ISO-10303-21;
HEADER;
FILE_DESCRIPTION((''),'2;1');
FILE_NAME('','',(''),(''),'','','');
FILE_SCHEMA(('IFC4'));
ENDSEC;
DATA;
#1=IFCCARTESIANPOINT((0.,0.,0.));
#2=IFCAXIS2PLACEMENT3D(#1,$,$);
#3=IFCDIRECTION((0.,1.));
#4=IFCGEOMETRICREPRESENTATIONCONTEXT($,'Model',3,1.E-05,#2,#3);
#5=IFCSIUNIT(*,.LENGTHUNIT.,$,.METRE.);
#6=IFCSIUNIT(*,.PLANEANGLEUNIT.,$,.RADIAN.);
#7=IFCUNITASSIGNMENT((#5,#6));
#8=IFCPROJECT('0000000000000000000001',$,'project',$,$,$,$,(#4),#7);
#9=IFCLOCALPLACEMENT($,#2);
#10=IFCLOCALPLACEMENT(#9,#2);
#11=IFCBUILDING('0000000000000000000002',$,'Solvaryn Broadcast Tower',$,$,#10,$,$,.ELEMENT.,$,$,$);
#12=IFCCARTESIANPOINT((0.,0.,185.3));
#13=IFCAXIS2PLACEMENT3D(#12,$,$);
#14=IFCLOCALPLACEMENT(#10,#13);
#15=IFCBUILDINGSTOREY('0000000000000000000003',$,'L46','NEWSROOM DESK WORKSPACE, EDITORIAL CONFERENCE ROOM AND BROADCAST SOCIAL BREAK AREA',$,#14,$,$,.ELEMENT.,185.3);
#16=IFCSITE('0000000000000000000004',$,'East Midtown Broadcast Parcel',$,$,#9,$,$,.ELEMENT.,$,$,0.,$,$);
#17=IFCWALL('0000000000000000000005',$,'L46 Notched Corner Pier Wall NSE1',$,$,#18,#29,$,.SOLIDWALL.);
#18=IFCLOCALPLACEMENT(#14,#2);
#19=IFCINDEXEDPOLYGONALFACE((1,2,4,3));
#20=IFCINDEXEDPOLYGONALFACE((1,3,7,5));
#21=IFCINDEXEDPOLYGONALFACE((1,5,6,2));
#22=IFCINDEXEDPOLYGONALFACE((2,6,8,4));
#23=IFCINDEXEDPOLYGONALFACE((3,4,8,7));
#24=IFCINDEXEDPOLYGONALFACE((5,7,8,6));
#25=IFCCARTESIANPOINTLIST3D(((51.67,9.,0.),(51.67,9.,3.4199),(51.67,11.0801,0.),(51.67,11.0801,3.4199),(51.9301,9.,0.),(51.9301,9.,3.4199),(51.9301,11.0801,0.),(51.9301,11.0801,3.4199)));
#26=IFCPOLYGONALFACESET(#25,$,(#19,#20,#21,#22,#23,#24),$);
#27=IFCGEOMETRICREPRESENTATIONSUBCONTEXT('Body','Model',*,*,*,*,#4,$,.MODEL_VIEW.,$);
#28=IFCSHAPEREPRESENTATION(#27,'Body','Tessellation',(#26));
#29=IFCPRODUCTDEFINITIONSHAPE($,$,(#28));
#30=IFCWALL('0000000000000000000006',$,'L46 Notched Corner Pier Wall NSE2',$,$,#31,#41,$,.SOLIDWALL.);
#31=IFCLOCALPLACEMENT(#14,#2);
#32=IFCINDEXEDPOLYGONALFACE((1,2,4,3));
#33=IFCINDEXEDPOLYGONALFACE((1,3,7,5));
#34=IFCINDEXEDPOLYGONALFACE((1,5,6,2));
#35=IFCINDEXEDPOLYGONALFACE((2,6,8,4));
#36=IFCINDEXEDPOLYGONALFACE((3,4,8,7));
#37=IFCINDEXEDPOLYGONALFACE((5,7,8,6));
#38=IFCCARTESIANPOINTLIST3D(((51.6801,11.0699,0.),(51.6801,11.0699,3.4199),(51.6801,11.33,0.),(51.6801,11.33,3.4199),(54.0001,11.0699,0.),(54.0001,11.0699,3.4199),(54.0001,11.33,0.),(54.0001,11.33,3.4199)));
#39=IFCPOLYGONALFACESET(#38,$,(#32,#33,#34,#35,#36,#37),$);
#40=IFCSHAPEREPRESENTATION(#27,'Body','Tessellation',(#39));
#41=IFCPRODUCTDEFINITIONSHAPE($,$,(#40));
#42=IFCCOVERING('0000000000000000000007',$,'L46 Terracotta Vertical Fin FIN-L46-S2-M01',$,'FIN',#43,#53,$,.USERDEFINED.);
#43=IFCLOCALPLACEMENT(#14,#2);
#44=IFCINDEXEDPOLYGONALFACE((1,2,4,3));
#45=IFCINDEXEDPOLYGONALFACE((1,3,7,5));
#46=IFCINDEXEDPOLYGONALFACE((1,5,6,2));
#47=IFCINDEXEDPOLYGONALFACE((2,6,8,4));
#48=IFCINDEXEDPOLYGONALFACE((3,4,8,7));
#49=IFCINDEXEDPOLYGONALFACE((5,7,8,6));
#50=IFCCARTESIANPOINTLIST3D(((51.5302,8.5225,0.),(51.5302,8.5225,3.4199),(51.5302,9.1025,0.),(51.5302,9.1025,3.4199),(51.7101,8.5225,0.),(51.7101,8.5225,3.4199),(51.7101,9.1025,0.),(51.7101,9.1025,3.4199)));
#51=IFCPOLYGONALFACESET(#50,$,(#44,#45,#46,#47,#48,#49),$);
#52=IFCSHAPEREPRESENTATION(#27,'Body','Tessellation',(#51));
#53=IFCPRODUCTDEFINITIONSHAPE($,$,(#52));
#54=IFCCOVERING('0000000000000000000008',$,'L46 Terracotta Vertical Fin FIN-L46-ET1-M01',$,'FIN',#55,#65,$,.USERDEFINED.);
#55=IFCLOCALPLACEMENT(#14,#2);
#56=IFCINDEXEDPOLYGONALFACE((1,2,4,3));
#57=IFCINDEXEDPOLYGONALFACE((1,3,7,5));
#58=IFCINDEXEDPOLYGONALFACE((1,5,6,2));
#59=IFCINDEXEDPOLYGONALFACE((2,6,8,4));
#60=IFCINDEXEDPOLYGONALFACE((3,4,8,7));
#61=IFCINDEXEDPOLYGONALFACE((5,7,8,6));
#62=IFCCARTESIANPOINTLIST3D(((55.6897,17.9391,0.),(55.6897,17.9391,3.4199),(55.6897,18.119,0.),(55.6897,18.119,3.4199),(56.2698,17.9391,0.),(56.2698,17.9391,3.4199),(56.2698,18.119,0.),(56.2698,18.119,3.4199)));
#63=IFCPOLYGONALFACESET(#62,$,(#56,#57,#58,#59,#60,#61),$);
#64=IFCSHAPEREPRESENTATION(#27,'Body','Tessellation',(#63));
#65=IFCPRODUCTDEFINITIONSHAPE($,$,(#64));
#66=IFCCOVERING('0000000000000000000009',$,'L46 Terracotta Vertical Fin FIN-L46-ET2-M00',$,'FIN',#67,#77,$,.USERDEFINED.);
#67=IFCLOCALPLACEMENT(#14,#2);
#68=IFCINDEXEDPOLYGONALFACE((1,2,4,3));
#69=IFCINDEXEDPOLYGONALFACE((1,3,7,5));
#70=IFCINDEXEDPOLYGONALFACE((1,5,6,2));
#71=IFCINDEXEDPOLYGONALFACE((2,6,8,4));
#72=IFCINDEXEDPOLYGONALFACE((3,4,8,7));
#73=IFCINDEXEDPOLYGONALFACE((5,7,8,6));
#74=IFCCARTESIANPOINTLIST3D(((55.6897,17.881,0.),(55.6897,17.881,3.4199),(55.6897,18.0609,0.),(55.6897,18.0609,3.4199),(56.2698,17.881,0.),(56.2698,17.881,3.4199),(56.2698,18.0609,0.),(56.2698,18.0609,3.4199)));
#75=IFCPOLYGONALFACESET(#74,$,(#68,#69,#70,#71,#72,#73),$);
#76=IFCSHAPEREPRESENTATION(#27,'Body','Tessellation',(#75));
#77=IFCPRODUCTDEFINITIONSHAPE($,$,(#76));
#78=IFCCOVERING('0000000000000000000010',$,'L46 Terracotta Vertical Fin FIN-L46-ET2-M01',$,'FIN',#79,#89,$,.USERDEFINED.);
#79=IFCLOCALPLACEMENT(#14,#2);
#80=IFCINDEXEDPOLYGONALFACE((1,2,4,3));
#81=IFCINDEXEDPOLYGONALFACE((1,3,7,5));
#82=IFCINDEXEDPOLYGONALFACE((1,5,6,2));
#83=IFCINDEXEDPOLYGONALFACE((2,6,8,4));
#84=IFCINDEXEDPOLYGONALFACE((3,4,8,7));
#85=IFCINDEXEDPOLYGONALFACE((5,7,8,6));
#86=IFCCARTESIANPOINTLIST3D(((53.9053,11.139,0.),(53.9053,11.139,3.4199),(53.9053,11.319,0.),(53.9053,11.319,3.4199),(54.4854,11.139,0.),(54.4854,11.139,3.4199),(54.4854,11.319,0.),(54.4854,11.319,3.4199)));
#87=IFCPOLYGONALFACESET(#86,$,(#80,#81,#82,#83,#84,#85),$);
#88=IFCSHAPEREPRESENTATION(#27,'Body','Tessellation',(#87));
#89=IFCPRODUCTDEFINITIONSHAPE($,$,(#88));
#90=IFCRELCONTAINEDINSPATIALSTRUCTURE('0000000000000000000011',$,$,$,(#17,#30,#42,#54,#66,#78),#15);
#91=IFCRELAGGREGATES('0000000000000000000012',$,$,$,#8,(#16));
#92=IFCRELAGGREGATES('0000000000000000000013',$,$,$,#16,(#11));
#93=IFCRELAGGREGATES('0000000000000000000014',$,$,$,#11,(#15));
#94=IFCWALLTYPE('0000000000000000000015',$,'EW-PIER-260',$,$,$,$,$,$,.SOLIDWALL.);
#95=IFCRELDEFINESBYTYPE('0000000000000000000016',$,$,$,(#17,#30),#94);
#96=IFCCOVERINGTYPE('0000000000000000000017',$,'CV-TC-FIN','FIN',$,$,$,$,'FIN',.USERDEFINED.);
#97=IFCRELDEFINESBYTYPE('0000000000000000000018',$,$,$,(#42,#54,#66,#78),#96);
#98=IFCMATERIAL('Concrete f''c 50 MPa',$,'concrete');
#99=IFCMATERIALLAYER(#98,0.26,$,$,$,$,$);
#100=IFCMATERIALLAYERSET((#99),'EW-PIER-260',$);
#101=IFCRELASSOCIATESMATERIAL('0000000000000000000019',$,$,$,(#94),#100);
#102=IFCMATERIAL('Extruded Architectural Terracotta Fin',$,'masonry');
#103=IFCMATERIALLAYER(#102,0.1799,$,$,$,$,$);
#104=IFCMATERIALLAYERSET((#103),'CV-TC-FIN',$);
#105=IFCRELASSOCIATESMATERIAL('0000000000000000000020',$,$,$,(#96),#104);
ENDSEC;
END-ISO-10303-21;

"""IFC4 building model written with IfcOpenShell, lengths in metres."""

from ifc_helpers import new_model, si_unit, direction, frame, frame_2d, origin, origin_2d, place, context, subcontext, project, spatial, rectangle, extrude, material, layer, layer_set, type_object, element, save


model = new_model("IFC4")

# Units and contexts
model_context = context("Model", 3, precision=1e-05, world=origin(), true_north=direction((0.0, 1.0)))
body_context = subcontext(model_context, "Body", "Model", "MODEL_VIEW")
ifc_project = project(units=[si_unit("LENGTHUNIT", "METRE"), si_unit("PLANEANGLEUNIT", "RADIAN")], contexts=[model_context])

# Site, building, storey
site_placement = place(None, origin())
site = spatial("IfcSite", under=ifc_project, at=site_placement, Name="East Midtown Broadcast Parcel", CompositionType="ELEMENT", RefElevation=0.0)
building_placement = place(site_placement, origin())
building = spatial("IfcBuilding", under=site, at=building_placement, Name="Solvaryn Broadcast Tower", CompositionType="ELEMENT")
storey_placement = place(building_placement, frame((0.0, 0.0, 185.3)))
storey = spatial("IfcBuildingStorey", under=building, at=storey_placement, Name="L46", Description="NEWSROOM DESK WORKSPACE, EDITORIAL CONFERENCE ROOM AND BROADCAST SOCIAL BREAK AREA", CompositionType="ELEMENT", Elevation=185.3)

# Walls
ifc_material_1 = material(Name="Concrete f'c 50 MPa", Category="concrete")
ifc_layer_1 = layer(ifc_material_1, 0.26)
ifc_layer_set_1 = layer_set([ifc_layer_1], Name="EW-PIER-260")
wall_type = type_object("IfcWallType", Name="EW-PIER-260", PredefinedType="SOLIDWALL", material=ifc_layer_set_1)
wall_1_placement = place(storey_placement, frame((51.8, 9.0, 0.0), z_axis=(0.0, 0.0, 1.0), x_axis=(0.0, 1.0, 0.0)))
element("IfcWall", 1, at=wall_1_placement, inside=storey, type_object=wall_type, Name="L46 Notched Corner Pier Wall NSE1", PredefinedType="SOLIDWALL", context=body_context, shape_type="SweptSolid", body=[
    extrude(rectangle(XDim=2.0801, YDim=0.26, at=frame_2d((1.04, 0.0))), origin(), (0.0, 0.0, 1.0), 3.4199),
])
wall_2_placement = place(storey_placement, frame((51.6799, 11.2, 0.0), z_axis=(0.0, 0.0, 1.0), x_axis=(1.0, 0.0, 0.0)))
element("IfcWall", 2, at=wall_2_placement, inside=storey, type_object=wall_type, Name="L46 Notched Corner Pier Wall NSE2", PredefinedType="SOLIDWALL", context=body_context, shape_type="SweptSolid", body=[
    extrude(rectangle(XDim=2.3201, YDim=0.26, at=frame_2d((1.1602, 0.0))), origin(), (0.0, 0.0, 1.0), 3.4199),
])

# Coverings
ifc_material_2 = material(Name="Extruded Architectural Terracotta Fin", Category="masonry")
ifc_layer_2 = layer(ifc_material_2, 0.1799)
ifc_layer_set_2 = layer_set([ifc_layer_2], Name="CV-TC-FIN")
covering_type = type_object("IfcCoveringType", Name="CV-TC-FIN", Description="FIN", ElementType="FIN", PredefinedType="USERDEFINED", material=ifc_layer_set_2)
covering_placement = place(storey_placement, frame((51.6201, 8.8125, 0.0), z_axis=(0.0, 0.0, 1.0), x_axis=(1.0, 0.0, 0.0)))
element("IfcCovering", 3, at=covering_placement, inside=storey, type_object=covering_type, Name="L46 Terracotta Vertical Fin FIN-L46-S2-M01", ObjectType="FIN", PredefinedType="USERDEFINED", context=body_context, shape_type="SweptSolid", body=[
    extrude(rectangle(XDim=0.1799, YDim=0.5801, at=origin_2d()), origin(), (0.0, 0.0, 1.0), 3.4199),
])
for number, where, z_axis, x_axis, name in (
    (4, (55.9797, 18.0291, 0.0), (0.0, 0.0, 1.0), (1.0, 0.0, 0.0), "L46 Terracotta Vertical Fin FIN-L46-ET1-M01"),
    (5, (55.9797, 17.9709, 0.0), (0.0, 0.0, 1.0), (1.0, 0.0, 0.0), "L46 Terracotta Vertical Fin FIN-L46-ET2-M00"),
    (6, (54.1953, 11.229, 0.0), (0.0, 0.0, 1.0), (1.0, 0.0, 0.0), "L46 Terracotta Vertical Fin FIN-L46-ET2-M01"),
):
    element("IfcCovering", number, at=place(storey_placement, frame(where, z_axis=z_axis, x_axis=x_axis)), inside=storey, type_object=covering_type, Name=name, ObjectType="FIN", PredefinedType="USERDEFINED", context=body_context, shape_type="SweptSolid", body=[
        extrude(rectangle(XDim=0.5801, YDim=0.1799, at=origin_2d()), origin(), (0.0, 0.0, 1.0), 3.4199),
    ])

save(model, "model.ifc")
